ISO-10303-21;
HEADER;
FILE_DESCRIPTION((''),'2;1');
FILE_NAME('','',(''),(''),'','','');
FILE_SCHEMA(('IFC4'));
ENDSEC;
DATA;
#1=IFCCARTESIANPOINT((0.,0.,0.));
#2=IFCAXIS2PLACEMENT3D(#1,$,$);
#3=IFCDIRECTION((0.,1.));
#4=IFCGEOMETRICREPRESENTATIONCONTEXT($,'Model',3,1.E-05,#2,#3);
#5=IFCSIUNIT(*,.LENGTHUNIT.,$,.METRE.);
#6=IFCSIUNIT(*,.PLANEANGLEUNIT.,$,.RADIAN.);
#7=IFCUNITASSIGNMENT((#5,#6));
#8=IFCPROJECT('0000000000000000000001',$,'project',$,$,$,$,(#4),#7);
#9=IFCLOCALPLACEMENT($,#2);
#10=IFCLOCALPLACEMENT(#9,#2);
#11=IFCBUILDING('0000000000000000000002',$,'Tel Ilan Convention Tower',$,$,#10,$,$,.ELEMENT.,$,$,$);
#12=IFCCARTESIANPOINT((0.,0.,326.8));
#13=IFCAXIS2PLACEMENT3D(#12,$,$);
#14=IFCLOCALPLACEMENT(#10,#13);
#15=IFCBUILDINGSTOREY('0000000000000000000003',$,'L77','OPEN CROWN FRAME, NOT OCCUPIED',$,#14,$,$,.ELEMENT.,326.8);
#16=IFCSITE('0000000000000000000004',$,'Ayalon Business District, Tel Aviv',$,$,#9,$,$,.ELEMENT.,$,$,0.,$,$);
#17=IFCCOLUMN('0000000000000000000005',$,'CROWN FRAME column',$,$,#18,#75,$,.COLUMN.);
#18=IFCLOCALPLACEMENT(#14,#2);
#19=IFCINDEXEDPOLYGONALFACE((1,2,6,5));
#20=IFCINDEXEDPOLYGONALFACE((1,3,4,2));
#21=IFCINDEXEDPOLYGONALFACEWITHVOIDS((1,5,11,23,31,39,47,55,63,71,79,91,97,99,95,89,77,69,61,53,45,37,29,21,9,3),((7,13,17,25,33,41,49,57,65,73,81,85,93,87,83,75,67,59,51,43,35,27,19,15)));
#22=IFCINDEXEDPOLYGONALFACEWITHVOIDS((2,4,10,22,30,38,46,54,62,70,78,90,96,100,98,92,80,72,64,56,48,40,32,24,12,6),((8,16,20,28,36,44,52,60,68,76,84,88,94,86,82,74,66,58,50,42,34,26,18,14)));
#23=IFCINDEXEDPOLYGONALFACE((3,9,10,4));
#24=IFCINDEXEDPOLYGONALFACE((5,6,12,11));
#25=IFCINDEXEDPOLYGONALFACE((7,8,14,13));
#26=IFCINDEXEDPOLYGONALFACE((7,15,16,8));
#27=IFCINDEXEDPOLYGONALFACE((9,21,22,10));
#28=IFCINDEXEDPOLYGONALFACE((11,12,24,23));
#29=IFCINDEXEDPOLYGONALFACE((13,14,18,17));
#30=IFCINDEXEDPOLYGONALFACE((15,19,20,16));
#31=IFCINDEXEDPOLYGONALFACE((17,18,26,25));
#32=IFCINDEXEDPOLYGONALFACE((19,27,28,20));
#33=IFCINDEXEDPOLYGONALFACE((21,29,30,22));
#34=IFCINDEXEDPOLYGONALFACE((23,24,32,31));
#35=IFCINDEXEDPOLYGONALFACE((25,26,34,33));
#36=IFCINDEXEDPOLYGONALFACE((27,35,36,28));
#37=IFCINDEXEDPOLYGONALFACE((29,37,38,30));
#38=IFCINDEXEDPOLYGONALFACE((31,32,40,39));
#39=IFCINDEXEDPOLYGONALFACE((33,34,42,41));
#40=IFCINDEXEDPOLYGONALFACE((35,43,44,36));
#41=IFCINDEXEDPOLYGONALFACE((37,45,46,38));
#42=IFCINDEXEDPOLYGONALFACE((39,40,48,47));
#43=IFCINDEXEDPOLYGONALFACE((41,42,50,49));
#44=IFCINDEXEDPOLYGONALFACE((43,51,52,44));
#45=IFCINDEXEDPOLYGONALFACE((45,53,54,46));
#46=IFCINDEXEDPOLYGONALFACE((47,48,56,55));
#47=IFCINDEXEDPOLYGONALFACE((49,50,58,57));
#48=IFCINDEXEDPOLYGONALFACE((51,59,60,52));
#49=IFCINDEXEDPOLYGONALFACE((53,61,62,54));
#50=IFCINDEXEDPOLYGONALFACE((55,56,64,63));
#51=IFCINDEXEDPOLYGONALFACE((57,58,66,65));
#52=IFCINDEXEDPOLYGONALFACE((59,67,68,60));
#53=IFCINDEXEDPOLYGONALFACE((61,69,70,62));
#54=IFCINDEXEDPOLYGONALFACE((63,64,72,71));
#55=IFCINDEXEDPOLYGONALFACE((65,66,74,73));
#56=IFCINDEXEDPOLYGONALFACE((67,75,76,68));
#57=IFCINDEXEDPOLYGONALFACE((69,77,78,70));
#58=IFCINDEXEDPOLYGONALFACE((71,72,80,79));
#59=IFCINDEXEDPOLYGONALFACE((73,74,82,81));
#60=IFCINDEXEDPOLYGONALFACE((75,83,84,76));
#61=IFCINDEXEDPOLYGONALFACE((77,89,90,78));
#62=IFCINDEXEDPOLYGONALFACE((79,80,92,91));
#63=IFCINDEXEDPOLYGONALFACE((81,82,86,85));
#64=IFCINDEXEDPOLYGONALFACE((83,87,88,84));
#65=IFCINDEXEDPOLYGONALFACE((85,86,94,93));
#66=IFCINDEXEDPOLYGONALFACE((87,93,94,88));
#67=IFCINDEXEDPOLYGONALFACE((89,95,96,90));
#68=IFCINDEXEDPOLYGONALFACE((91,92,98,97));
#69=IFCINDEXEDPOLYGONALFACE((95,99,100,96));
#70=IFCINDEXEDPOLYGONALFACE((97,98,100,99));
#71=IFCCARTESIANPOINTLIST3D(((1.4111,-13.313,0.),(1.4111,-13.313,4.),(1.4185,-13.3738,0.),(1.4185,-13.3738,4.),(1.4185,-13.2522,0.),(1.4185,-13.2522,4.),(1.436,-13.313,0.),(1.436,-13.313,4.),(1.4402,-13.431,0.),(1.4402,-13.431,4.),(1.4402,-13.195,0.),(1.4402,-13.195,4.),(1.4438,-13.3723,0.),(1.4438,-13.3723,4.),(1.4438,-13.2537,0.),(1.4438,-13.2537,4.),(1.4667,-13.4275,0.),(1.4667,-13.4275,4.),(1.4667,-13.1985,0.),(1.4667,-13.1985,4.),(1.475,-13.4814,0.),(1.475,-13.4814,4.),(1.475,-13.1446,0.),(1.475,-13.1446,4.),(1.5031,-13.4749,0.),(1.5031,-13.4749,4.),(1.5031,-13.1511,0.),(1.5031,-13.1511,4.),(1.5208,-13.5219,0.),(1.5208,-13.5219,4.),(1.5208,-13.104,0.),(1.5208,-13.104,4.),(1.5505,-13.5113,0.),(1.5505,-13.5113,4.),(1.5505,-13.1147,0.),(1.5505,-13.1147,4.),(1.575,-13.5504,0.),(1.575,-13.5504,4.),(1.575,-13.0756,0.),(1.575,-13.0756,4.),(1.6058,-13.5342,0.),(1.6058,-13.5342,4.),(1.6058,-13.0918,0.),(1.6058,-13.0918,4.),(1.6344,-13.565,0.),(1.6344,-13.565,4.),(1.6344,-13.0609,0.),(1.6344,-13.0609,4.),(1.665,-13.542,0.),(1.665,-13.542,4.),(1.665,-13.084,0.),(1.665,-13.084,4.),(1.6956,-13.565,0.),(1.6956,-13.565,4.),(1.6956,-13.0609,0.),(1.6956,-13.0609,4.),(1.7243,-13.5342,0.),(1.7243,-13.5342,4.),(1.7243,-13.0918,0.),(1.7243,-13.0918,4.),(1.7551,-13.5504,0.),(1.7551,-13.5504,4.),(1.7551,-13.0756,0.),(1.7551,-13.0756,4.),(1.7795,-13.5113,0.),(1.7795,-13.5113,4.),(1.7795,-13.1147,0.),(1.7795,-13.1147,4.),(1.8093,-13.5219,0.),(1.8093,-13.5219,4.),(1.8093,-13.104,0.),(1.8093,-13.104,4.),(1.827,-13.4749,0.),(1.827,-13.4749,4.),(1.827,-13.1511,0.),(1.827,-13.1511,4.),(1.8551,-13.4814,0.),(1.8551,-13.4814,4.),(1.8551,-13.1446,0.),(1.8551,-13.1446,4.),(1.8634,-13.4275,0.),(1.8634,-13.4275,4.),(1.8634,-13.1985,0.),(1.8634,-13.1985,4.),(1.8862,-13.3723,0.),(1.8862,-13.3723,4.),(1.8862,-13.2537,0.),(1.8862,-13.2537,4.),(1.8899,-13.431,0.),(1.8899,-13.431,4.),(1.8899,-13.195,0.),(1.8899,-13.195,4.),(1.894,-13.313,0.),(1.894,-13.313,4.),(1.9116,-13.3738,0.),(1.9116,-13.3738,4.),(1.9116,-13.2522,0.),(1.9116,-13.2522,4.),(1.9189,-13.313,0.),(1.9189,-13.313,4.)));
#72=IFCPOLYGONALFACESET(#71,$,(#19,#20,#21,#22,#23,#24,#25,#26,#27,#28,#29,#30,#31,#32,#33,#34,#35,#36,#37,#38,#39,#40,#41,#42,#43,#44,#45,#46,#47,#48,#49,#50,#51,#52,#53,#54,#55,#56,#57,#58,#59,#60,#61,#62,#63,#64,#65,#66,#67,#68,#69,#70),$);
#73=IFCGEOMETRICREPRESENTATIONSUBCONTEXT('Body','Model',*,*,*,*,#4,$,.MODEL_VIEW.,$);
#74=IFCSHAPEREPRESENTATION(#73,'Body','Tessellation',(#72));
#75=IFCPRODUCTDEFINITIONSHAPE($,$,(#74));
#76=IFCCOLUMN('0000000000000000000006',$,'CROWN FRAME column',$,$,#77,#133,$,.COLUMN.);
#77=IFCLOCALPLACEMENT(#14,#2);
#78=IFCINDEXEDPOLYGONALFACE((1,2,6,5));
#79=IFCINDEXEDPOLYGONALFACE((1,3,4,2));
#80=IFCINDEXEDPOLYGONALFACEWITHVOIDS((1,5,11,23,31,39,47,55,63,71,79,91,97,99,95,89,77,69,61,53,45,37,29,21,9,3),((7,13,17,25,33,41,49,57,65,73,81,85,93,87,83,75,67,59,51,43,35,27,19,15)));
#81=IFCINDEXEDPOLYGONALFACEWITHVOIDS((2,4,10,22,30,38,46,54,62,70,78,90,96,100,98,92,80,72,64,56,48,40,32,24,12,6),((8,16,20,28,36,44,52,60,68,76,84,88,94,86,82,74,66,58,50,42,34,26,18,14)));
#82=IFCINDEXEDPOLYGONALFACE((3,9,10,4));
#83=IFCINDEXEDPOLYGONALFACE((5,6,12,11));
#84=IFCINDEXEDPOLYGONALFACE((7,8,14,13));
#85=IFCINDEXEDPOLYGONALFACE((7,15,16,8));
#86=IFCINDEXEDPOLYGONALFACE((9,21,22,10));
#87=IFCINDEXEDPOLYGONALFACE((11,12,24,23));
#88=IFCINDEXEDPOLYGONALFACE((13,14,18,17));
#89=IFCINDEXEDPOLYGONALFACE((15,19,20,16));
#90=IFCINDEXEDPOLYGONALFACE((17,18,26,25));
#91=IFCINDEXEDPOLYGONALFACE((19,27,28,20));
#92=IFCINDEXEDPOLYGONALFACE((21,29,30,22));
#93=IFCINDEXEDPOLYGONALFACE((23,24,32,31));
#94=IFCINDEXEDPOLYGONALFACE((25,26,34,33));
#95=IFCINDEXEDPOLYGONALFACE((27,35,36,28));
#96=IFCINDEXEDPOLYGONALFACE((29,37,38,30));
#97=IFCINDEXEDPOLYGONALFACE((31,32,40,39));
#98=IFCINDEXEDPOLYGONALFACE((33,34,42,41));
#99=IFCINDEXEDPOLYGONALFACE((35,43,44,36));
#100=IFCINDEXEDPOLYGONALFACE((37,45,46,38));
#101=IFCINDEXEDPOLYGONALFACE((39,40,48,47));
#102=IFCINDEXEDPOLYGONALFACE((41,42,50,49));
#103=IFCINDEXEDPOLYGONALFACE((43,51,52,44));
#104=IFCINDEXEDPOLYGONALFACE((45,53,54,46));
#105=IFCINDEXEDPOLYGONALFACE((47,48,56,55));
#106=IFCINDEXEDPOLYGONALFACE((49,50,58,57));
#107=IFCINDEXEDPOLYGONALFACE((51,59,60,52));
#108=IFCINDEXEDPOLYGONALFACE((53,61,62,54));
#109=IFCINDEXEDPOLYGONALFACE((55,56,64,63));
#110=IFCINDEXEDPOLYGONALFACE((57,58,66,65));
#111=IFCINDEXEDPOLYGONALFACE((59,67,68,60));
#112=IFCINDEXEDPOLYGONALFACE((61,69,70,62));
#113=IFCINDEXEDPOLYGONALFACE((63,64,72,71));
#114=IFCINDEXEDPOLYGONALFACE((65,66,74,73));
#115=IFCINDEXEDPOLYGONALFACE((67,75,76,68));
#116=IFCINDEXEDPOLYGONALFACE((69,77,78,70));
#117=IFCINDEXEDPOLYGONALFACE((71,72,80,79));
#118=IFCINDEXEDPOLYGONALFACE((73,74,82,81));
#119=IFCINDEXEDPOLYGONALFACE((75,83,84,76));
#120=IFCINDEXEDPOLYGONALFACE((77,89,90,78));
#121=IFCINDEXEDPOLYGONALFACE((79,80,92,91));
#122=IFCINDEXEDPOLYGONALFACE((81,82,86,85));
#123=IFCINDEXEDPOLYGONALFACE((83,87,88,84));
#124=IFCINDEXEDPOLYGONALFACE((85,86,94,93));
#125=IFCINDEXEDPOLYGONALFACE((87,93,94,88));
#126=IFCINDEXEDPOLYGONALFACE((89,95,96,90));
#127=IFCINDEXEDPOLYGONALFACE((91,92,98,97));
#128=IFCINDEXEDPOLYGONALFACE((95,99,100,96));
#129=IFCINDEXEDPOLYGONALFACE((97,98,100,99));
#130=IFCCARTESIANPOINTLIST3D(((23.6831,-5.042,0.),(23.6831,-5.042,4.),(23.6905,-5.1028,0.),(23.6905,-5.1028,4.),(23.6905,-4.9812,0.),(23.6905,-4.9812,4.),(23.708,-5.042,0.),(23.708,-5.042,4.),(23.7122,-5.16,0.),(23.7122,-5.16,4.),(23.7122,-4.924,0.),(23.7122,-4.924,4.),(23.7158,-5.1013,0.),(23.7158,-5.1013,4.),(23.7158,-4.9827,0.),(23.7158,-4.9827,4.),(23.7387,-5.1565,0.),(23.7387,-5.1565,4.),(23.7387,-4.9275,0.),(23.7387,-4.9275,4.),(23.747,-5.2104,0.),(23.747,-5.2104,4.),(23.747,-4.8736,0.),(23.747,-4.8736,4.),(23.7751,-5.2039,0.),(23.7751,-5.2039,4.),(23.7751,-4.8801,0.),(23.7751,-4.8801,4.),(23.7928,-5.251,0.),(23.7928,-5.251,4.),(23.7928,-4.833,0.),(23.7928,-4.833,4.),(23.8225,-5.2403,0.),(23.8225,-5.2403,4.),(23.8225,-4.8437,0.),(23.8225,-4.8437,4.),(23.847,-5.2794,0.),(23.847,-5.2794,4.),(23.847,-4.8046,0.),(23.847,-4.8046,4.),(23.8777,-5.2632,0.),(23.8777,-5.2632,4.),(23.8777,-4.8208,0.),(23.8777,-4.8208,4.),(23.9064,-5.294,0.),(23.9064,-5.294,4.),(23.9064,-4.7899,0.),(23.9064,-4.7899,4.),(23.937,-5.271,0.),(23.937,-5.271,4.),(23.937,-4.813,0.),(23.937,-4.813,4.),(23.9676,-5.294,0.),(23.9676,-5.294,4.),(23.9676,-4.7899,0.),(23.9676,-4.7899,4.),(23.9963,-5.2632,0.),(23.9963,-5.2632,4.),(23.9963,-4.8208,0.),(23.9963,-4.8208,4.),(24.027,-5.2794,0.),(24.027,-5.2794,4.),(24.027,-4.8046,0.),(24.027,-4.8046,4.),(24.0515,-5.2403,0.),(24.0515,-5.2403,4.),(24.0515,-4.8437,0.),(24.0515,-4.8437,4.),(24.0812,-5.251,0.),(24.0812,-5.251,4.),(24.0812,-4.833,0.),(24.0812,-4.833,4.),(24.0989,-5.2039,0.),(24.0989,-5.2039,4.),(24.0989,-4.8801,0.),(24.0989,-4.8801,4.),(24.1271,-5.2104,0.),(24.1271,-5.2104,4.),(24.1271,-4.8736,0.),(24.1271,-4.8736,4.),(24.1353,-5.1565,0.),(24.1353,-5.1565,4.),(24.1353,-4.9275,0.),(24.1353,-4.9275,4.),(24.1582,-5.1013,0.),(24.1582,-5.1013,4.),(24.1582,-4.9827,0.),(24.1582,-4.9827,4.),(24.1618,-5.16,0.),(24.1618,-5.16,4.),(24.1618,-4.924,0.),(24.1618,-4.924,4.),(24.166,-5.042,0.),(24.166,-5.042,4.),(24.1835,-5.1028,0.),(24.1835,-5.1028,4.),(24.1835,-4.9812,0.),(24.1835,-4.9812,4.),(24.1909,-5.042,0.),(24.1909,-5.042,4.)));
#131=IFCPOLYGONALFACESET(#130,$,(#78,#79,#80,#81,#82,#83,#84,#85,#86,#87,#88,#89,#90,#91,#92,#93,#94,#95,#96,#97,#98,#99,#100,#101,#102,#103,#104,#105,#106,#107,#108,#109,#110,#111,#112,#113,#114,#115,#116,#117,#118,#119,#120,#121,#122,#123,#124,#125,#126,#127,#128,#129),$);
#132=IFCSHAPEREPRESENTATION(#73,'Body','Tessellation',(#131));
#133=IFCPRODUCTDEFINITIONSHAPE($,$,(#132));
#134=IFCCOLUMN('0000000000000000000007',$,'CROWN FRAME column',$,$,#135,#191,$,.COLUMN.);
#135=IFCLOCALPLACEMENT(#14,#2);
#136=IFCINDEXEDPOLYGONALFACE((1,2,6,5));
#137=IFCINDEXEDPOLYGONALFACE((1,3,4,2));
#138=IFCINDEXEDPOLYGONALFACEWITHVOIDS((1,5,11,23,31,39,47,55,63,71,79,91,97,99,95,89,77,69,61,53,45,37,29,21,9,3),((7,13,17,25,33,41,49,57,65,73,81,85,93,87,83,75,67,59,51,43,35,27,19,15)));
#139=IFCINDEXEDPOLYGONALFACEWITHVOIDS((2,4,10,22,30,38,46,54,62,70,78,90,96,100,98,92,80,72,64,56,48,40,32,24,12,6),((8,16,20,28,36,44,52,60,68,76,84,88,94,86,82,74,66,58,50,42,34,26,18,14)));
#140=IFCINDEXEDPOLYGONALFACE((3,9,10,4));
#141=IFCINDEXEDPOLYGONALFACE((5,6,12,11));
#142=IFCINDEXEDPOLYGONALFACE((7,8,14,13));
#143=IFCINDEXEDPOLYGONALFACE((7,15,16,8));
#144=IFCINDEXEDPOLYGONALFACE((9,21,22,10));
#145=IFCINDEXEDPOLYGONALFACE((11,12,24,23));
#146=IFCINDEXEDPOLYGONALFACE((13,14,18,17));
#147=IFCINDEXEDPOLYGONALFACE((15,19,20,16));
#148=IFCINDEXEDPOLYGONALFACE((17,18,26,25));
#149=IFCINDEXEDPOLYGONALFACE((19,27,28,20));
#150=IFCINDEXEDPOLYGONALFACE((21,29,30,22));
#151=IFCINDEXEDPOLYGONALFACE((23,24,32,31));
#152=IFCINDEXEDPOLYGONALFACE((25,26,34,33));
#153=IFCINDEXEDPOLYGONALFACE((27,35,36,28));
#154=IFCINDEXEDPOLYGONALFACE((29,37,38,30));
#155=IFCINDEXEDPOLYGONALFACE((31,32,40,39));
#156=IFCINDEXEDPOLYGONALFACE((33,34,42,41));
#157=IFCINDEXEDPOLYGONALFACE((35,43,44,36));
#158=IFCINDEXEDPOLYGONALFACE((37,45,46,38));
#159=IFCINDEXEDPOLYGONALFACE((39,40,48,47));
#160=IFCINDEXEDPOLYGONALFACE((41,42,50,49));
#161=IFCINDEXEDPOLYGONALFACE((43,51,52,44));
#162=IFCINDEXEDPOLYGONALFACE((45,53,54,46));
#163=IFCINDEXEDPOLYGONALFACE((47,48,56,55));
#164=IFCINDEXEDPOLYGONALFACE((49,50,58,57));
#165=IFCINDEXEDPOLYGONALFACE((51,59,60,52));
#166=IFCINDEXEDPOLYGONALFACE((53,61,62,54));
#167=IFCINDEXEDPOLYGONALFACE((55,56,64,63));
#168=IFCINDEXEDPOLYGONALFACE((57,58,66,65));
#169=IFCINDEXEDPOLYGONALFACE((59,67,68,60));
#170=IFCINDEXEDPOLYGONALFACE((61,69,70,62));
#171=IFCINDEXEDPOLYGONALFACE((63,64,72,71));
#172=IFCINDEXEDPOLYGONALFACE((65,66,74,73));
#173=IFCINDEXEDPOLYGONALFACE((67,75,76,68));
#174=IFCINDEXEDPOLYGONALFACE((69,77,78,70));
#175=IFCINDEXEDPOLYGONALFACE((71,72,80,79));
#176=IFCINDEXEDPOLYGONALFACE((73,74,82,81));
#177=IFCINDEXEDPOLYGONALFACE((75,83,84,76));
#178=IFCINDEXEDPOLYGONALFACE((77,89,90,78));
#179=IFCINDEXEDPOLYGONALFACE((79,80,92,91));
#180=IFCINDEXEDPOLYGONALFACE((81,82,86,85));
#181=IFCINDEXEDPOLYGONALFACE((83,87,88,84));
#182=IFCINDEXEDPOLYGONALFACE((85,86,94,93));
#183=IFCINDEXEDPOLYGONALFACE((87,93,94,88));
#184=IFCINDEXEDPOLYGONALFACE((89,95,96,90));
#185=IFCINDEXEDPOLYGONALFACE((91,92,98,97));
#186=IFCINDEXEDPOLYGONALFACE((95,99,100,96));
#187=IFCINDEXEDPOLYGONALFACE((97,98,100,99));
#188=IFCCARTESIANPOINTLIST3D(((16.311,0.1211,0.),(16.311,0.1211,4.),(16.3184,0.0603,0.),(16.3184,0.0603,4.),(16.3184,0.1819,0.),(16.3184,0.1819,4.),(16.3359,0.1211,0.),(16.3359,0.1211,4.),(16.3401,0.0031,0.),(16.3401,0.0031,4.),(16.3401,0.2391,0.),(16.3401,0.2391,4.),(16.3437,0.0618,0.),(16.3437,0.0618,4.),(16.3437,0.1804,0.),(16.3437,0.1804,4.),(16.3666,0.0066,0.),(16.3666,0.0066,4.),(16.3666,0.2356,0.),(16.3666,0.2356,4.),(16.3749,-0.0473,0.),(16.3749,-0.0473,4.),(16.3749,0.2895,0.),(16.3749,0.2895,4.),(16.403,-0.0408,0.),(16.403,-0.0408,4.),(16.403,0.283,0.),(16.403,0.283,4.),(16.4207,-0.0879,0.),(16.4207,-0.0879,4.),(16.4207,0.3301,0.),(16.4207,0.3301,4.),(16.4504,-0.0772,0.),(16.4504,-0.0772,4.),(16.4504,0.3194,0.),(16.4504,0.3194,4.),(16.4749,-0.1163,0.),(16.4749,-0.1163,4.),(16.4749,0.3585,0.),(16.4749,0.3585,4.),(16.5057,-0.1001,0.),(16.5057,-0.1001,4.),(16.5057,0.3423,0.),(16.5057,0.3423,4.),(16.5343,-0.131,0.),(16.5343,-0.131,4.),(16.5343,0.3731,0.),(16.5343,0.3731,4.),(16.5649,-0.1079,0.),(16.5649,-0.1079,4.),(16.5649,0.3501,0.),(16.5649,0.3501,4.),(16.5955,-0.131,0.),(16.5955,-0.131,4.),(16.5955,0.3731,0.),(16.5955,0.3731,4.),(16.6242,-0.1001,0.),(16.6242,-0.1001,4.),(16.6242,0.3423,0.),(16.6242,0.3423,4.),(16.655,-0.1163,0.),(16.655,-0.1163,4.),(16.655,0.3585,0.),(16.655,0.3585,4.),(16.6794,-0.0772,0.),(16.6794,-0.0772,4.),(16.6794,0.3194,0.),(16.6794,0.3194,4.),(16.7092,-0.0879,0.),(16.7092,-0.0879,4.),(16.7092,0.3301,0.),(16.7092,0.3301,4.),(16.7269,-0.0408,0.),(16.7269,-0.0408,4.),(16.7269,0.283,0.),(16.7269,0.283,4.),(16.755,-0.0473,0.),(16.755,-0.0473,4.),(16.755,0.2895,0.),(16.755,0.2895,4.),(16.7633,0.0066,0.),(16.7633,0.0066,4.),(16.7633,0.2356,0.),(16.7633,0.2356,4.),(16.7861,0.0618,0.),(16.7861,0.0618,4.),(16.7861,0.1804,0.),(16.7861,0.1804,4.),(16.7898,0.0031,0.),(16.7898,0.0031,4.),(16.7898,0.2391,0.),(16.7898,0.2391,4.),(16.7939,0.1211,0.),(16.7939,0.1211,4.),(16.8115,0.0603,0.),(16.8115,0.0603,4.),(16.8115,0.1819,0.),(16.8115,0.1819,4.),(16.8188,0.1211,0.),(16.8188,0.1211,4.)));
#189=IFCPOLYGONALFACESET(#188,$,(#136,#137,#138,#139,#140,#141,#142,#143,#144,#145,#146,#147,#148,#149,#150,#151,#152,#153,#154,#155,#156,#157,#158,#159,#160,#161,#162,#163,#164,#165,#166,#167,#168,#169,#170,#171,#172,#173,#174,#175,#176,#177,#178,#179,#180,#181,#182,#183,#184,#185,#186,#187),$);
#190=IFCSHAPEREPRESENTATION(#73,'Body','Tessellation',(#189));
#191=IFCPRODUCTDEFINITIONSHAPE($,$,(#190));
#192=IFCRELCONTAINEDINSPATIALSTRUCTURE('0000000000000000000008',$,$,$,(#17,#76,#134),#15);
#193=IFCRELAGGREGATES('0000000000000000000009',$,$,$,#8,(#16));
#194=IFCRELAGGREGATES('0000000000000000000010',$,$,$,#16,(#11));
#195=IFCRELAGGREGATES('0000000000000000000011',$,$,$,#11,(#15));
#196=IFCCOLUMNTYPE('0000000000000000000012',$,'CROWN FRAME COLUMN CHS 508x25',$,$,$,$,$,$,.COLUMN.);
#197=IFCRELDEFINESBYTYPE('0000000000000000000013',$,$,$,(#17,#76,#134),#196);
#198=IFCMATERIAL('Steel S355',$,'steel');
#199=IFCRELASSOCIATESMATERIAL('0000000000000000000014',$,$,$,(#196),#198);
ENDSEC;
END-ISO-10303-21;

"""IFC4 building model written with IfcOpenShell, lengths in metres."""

from ifc_helpers import new_model, si_unit, direction, frame, origin, origin_2d, place, context, subcontext, project, spatial, hollow_circle, extrude, material, material_profile, profile_set, type_object, element, save


model = new_model("IFC4")

# Units and contexts
model_context = context("Model", 3, precision=1e-05, world=origin(), true_north=direction((0.0, 1.0)))
body_context = subcontext(model_context, "Body", "Model", "MODEL_VIEW")
ifc_project = project(units=[si_unit("LENGTHUNIT", "METRE"), si_unit("PLANEANGLEUNIT", "RADIAN")], contexts=[model_context])

# Site, building, storey
site_placement = place(None, origin())
site = spatial("IfcSite", under=ifc_project, at=site_placement, Name="Ayalon Business District, Tel Aviv", CompositionType="ELEMENT", RefElevation=0.0)
building_placement = place(site_placement, origin())
building = spatial("IfcBuilding", under=site, at=building_placement, Name="Tel Ilan Convention Tower", CompositionType="ELEMENT")
storey_placement = place(building_placement, frame((0.0, 0.0, 326.8)))
storey = spatial("IfcBuildingStorey", under=building, at=storey_placement, Name="L77", Description="OPEN CROWN FRAME, NOT OCCUPIED", CompositionType="ELEMENT", Elevation=326.8)

# Columns
ifc_material_1 = material(Name="Steel S355", Category="steel")
ifc_material_profile_1 = material_profile(ifc_material_1, hollow_circle(Radius=0.2539, WallThickness=0.0249, at=origin_2d()), Name="CHS 508x25")
ifc_profile_set_1 = profile_set([ifc_material_profile_1], Name="Steel S355")
column_type_1 = type_object("IfcColumnType", Name="CROWN FRAME COLUMN CHS 508x25", PredefinedType="COLUMN", material=ifc_profile_set_1)
for number, where, z_axis, x_axis, name in (
    (1, (1.665, -13.313, 0.0), (0.0, 0.0, 1.0), (1.0, 0.0, 0.0), "CROWN FRAME column"),
    (2, (23.937, -5.042, 0.0), (0.0, 0.0, 1.0), (1.0, 0.0, 0.0), "CROWN FRAME column"),
    (3, (16.5649, 0.1211, 0.0), (0.0, 0.0, 1.0), (1.0, 0.0, 0.0), "CROWN FRAME column"),
):
    element("IfcColumn", number, at=place(storey_placement, frame(where, z_axis=z_axis, x_axis=x_axis)), inside=storey, type_object=column_type_1, Name=name, PredefinedType="COLUMN", context=body_context, shape_type="SweptSolid", body=[
        extrude(hollow_circle(Radius=0.2539, WallThickness=0.0249, at=origin_2d()), origin(), (0.0, 0.0, 1.0), 4.0),
    ])

save(model, "model.ifc")
